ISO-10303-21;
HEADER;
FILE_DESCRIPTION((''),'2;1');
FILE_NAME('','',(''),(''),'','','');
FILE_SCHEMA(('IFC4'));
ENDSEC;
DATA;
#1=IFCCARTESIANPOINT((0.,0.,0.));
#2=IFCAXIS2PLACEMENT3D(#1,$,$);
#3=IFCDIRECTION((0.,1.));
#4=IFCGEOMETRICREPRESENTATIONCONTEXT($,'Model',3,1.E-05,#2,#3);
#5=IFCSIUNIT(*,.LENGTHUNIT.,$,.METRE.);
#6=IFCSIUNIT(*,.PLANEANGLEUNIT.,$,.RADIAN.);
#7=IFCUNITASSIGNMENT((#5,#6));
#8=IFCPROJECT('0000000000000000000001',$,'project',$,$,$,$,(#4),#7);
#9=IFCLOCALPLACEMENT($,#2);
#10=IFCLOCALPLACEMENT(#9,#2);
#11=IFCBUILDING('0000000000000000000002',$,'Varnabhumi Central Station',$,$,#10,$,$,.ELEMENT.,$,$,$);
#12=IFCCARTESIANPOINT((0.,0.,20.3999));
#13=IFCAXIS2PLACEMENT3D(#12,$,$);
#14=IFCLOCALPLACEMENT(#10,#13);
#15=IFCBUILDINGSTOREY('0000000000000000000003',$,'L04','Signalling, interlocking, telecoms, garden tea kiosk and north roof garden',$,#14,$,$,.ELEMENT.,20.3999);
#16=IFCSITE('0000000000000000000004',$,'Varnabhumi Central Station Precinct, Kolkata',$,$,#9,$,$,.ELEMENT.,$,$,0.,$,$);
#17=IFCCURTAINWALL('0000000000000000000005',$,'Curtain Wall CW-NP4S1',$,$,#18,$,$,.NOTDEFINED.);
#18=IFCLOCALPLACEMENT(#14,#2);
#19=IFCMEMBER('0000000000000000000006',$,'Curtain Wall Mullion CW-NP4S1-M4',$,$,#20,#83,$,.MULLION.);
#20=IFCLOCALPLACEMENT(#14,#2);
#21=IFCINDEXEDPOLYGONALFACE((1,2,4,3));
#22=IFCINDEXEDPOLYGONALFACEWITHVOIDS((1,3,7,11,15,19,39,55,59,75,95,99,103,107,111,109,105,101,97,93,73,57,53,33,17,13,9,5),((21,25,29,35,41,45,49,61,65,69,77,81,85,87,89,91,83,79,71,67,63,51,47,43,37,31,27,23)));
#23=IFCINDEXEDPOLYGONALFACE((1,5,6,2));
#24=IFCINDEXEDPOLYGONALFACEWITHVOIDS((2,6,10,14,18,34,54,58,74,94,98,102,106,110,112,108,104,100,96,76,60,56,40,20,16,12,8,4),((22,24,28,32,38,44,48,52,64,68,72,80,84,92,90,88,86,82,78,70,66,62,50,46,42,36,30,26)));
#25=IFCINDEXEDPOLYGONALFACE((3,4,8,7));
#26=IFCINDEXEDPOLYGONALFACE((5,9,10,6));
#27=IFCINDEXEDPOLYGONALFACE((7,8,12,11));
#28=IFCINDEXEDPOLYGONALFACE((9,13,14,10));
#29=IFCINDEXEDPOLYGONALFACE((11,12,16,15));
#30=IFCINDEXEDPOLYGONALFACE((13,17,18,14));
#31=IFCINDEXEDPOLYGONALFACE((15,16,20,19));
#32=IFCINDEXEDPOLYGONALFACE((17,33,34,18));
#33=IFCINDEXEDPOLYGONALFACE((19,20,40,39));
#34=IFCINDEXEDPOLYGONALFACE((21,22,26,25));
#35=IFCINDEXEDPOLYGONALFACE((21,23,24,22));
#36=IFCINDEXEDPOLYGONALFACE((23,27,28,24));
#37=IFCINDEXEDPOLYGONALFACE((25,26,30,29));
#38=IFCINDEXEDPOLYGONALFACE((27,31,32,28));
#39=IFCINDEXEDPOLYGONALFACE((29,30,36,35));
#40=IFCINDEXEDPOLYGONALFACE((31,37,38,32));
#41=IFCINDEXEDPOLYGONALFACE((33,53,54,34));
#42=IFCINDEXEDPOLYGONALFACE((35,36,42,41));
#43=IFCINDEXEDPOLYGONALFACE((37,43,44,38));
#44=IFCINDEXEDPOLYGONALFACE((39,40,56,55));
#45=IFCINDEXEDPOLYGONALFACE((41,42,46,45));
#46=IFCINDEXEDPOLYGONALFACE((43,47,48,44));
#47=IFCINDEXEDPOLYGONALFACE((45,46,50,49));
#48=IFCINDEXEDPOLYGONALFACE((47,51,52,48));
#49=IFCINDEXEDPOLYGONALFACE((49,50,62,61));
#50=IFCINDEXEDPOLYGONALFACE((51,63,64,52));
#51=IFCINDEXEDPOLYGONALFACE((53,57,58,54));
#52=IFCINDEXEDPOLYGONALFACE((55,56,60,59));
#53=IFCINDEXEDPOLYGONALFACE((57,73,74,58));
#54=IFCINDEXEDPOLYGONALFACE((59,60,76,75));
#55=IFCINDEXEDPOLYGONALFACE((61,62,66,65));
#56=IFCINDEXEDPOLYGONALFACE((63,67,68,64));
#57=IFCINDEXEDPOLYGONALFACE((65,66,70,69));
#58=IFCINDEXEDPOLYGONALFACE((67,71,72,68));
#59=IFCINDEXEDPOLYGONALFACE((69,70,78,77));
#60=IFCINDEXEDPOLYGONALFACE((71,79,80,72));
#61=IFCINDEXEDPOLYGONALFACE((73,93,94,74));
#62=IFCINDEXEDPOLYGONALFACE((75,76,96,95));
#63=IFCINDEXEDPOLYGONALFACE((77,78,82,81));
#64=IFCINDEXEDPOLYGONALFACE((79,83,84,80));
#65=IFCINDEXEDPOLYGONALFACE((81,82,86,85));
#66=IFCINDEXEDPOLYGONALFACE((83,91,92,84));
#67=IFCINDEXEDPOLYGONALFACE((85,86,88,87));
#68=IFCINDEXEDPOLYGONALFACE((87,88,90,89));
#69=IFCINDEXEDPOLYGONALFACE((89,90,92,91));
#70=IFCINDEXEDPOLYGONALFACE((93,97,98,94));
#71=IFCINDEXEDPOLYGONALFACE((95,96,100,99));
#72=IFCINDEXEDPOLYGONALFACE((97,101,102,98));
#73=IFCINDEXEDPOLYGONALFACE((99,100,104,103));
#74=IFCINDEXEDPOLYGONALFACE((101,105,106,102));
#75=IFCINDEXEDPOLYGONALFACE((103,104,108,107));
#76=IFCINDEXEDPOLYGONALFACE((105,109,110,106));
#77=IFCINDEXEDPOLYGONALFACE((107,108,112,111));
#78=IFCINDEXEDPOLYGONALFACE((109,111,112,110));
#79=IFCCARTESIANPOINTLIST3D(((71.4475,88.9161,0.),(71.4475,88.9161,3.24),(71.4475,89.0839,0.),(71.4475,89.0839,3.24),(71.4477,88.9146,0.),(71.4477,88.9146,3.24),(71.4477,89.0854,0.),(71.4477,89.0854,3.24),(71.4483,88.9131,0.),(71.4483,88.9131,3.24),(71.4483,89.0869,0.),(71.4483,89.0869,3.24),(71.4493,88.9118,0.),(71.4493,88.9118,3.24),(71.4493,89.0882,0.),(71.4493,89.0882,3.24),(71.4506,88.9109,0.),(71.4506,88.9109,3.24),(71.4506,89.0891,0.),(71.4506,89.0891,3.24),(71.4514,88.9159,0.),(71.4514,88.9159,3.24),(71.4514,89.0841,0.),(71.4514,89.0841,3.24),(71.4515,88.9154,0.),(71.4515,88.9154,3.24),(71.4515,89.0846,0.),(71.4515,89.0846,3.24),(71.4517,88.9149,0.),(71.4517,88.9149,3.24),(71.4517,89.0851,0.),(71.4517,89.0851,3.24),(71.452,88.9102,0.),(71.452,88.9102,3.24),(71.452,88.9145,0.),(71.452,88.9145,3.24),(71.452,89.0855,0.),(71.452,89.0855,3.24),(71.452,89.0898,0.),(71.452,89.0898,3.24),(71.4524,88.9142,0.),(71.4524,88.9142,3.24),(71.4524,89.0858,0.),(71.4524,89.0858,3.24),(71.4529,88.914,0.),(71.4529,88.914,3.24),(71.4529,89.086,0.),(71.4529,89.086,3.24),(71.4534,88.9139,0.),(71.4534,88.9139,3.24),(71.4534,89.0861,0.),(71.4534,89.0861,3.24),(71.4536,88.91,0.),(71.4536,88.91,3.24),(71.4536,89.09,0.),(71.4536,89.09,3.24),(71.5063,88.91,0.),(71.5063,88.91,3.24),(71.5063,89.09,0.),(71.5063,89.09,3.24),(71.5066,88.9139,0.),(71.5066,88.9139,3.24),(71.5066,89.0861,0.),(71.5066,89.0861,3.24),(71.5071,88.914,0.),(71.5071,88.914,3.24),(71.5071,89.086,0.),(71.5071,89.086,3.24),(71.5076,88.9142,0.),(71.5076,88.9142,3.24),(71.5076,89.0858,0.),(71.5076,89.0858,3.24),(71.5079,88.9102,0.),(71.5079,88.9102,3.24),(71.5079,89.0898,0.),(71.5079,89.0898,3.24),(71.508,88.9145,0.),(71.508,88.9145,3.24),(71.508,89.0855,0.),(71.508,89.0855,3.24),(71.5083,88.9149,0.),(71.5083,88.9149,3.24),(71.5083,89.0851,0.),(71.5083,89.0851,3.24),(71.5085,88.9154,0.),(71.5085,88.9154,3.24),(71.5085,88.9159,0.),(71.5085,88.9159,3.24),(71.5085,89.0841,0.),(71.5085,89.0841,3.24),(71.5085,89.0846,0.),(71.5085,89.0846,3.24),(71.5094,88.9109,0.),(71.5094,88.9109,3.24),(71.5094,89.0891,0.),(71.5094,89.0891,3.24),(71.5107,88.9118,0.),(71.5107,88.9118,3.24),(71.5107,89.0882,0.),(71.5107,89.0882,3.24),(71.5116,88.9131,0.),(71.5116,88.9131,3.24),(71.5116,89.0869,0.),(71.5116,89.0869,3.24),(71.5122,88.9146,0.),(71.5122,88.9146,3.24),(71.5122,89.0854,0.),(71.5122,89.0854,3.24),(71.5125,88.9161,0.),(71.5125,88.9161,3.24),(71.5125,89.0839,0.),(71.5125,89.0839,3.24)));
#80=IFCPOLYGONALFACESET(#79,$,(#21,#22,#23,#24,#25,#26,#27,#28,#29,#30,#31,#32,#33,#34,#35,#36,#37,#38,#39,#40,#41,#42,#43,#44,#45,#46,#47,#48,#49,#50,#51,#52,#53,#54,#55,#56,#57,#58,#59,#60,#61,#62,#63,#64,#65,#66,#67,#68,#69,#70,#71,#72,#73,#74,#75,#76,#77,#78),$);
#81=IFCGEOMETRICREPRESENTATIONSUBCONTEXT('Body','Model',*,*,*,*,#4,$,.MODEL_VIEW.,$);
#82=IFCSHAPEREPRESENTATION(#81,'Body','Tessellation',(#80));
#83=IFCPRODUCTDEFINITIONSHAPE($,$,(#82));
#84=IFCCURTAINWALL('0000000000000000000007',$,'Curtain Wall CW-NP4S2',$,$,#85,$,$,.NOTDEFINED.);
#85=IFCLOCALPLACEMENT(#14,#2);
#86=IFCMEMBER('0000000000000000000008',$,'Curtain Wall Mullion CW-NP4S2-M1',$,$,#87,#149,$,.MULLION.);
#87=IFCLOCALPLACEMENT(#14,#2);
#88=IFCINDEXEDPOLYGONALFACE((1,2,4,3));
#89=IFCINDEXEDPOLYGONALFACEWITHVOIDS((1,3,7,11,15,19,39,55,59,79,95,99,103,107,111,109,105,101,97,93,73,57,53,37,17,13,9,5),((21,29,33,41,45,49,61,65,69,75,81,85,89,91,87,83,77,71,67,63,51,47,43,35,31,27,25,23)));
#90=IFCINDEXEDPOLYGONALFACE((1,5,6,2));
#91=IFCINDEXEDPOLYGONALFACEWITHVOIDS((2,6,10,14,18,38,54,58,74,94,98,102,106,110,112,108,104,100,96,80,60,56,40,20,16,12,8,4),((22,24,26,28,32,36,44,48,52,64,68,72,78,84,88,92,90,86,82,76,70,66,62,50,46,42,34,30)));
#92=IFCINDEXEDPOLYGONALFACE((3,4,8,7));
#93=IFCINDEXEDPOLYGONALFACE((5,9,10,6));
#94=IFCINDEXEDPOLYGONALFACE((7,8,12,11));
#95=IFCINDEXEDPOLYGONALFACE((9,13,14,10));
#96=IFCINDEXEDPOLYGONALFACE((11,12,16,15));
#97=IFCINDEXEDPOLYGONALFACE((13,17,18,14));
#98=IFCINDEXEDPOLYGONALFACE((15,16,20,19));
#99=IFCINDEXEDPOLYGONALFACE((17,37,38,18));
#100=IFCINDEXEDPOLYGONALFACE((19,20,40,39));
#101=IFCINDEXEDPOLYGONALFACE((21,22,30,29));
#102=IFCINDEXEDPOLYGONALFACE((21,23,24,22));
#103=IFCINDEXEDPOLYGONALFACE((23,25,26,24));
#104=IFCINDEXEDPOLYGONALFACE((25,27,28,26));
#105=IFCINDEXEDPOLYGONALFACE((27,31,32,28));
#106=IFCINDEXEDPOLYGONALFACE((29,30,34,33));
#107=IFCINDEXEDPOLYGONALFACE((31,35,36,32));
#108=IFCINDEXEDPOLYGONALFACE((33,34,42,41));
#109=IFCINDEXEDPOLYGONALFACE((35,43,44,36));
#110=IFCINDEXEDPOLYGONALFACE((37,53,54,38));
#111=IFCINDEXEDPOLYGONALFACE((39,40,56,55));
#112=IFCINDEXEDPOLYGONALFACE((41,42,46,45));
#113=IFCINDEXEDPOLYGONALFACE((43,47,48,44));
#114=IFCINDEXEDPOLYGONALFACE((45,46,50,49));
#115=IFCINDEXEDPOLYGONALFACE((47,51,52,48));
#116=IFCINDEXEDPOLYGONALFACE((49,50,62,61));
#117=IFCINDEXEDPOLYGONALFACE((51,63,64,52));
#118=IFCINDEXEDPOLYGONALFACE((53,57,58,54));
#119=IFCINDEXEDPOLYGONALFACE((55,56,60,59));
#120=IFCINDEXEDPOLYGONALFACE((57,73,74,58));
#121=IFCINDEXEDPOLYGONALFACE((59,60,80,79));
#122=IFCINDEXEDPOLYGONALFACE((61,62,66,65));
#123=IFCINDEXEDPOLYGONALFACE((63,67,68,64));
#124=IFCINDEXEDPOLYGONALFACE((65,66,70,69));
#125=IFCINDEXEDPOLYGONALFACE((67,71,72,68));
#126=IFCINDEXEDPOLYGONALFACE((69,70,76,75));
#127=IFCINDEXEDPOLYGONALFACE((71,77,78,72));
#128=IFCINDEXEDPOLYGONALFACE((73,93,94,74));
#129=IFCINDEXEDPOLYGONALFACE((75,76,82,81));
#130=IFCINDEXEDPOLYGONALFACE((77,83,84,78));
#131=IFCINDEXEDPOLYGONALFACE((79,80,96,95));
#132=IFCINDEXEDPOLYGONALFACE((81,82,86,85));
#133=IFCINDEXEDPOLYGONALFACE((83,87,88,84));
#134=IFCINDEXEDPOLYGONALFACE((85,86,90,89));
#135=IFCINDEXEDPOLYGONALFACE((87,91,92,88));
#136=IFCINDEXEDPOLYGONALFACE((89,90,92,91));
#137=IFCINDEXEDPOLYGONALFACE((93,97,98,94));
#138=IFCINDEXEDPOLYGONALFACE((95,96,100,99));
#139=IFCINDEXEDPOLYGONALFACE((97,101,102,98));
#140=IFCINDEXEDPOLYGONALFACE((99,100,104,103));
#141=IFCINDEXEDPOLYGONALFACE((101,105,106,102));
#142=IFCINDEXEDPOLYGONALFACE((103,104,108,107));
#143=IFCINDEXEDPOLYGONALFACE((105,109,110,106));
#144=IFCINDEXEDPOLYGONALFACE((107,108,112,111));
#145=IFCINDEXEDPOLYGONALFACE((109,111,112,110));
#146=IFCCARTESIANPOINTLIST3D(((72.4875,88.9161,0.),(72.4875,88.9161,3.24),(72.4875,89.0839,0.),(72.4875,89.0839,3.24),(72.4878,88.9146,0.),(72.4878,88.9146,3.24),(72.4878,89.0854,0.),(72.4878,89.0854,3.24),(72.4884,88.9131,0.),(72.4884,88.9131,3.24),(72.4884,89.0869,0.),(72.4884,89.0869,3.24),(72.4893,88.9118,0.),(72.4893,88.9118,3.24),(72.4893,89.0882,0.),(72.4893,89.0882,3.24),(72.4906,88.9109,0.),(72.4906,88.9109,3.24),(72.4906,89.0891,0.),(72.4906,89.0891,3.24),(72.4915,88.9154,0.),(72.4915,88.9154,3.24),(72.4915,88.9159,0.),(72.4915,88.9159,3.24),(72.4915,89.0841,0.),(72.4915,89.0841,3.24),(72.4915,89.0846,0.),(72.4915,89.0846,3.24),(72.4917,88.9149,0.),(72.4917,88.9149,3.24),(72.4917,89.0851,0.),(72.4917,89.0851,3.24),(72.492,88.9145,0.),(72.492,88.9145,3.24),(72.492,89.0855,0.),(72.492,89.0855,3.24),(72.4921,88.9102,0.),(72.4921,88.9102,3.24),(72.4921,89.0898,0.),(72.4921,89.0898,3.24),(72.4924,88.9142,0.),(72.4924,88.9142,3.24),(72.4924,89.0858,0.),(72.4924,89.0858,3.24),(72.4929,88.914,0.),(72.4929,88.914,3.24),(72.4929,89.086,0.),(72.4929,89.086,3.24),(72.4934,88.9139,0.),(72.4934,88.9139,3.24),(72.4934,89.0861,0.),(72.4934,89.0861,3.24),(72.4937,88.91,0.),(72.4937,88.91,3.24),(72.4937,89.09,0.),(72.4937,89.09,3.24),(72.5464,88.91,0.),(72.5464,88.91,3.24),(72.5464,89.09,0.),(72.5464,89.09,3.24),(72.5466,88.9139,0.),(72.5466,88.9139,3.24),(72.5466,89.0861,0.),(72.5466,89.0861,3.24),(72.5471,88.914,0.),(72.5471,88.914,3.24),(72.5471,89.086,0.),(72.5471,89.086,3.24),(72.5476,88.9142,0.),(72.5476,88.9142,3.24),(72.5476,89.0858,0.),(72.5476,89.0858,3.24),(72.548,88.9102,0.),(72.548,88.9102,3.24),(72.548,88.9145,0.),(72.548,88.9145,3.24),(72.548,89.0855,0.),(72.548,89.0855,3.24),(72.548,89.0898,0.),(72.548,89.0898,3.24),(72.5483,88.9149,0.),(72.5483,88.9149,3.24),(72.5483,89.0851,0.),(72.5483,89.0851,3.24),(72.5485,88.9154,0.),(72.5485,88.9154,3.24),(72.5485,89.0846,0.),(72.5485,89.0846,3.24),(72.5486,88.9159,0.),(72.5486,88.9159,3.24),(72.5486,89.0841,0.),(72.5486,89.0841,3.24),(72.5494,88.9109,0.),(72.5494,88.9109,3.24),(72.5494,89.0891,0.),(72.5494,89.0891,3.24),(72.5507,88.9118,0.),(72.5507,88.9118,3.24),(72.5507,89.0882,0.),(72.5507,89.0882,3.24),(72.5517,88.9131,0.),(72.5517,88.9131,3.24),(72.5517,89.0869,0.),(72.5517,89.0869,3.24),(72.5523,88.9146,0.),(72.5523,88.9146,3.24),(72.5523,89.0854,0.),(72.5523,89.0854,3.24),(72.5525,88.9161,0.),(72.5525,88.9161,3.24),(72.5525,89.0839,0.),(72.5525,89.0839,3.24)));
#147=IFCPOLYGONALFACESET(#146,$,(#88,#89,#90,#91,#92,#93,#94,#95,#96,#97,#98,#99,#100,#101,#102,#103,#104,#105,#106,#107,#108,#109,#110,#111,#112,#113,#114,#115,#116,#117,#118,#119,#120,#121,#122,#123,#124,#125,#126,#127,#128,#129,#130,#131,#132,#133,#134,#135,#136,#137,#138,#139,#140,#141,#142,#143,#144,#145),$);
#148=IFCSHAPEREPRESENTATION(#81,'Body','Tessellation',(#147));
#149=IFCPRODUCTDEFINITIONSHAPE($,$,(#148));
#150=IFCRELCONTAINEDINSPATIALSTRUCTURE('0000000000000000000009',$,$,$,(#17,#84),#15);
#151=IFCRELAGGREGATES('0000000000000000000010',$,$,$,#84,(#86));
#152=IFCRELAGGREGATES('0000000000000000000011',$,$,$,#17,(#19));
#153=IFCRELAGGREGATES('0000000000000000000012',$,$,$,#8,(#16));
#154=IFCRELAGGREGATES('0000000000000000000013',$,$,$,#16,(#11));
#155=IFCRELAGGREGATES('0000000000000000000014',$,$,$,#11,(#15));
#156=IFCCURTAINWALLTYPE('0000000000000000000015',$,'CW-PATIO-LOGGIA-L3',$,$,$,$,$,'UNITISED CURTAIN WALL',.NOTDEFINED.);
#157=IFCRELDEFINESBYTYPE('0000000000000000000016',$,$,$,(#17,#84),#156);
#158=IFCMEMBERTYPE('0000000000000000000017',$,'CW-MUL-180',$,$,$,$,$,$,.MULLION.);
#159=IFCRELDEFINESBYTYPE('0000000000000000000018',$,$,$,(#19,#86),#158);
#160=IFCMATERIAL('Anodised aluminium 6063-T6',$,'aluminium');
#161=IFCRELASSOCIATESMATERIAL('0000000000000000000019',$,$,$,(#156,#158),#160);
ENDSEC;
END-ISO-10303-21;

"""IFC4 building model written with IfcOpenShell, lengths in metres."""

from ifc_helpers import new_model, si_unit, direction, frame, origin, origin_2d, place, context, subcontext, project, spatial, hollow_rectangle, extrude, material, material_profile, profile_set, type_object, element, aggregate, save


model = new_model("IFC4")

# Units and contexts
model_context = context("Model", 3, precision=1e-05, world=origin(), true_north=direction((0.0, 1.0)))
body_context = subcontext(model_context, "Body", "Model", "MODEL_VIEW")
ifc_project = project(units=[si_unit("LENGTHUNIT", "METRE"), si_unit("PLANEANGLEUNIT", "RADIAN")], contexts=[model_context])

# Site, building, storey
site_placement = place(None, origin())
site = spatial("IfcSite", under=ifc_project, at=site_placement, Name="Varnabhumi Central Station Precinct, Kolkata", CompositionType="ELEMENT", RefElevation=0.0)
building_placement = place(site_placement, origin())
building = spatial("IfcBuilding", under=site, at=building_placement, Name="Varnabhumi Central Station", CompositionType="ELEMENT")
storey_placement = place(building_placement, frame((0.0, 0.0, 20.3999)))
storey = spatial("IfcBuildingStorey", under=building, at=storey_placement, Name="L04", Description="Signalling, interlocking, telecoms, garden tea kiosk and north roof garden", CompositionType="ELEMENT", Elevation=20.3999)

# Curtain wall, member
ifc_material_1 = material(Name="Anodised aluminium 6063-T6", Category="aluminium")
curtain_wall_type = type_object("IfcCurtainWallType", Name="CW-PATIO-LOGGIA-L3", ElementType="UNITISED CURTAIN WALL", PredefinedType="NOTDEFINED", material=ifc_material_1)
curtain_wall_1_placement = place(storey_placement, origin())
curtain_wall_1 = element("IfcCurtainWall", 1, at=curtain_wall_1_placement, inside=storey, type_object=curtain_wall_type, Name="Curtain Wall CW-NP4S1", PredefinedType="NOTDEFINED")
ifc_material_profile_1 = material_profile(ifc_material_1, hollow_rectangle(XDim=0.0649, YDim=0.1799, WallThickness=0.0039, InnerFilletRadius=0.002, OuterFilletRadius=0.0061, at=origin_2d()), Name="Anodised aluminium 6063-T6", Category="aluminium")
ifc_profile_set_1 = profile_set([ifc_material_profile_1], Name="Anodised aluminium 6063-T6")
member_type_1 = type_object("IfcMemberType", Name="CW-MUL-180", PredefinedType="MULLION", material=ifc_profile_set_1)
member_1_placement = place(storey_placement, frame((71.48, 89.0, 0.0), z_axis=(0.0, 0.0, 1.0), x_axis=(1.0, 0.0, 0.0)))
member_1 = element("IfcMember", 2, at=member_1_placement, type_object=member_type_1, Name="Curtain Wall Mullion CW-NP4S1-M4", PredefinedType="MULLION", context=body_context, shape_type="SweptSolid", body=[
    extrude(hollow_rectangle(XDim=0.0649, YDim=0.1799, WallThickness=0.0039, InnerFilletRadius=0.002, OuterFilletRadius=0.0061, at=origin_2d()), origin(), (0.0, 0.0, 1.0), 3.24),
])

# Curtain wall, member
curtain_wall_2_placement = place(storey_placement, origin())
curtain_wall_2 = element("IfcCurtainWall", 3, at=curtain_wall_2_placement, inside=storey, type_object=curtain_wall_type, Name="Curtain Wall CW-NP4S2", PredefinedType="NOTDEFINED")
member_2_placement = place(storey_placement, frame((72.52, 89.0, 0.0), z_axis=(0.0, 0.0, 1.0), x_axis=(1.0, 0.0, 0.0)))
member_2 = element("IfcMember", 4, at=member_2_placement, type_object=member_type_1, Name="Curtain Wall Mullion CW-NP4S2-M1", PredefinedType="MULLION", context=body_context, shape_type="SweptSolid", body=[
    extrude(hollow_rectangle(XDim=0.0649, YDim=0.1799, WallThickness=0.0039, InnerFilletRadius=0.002, OuterFilletRadius=0.0061, at=origin_2d()), origin(), (0.0, 0.0, 1.0), 3.24),
])

aggregate(curtain_wall_2, [member_2])

aggregate(curtain_wall_1, [member_1])

save(model, "model.ifc")
